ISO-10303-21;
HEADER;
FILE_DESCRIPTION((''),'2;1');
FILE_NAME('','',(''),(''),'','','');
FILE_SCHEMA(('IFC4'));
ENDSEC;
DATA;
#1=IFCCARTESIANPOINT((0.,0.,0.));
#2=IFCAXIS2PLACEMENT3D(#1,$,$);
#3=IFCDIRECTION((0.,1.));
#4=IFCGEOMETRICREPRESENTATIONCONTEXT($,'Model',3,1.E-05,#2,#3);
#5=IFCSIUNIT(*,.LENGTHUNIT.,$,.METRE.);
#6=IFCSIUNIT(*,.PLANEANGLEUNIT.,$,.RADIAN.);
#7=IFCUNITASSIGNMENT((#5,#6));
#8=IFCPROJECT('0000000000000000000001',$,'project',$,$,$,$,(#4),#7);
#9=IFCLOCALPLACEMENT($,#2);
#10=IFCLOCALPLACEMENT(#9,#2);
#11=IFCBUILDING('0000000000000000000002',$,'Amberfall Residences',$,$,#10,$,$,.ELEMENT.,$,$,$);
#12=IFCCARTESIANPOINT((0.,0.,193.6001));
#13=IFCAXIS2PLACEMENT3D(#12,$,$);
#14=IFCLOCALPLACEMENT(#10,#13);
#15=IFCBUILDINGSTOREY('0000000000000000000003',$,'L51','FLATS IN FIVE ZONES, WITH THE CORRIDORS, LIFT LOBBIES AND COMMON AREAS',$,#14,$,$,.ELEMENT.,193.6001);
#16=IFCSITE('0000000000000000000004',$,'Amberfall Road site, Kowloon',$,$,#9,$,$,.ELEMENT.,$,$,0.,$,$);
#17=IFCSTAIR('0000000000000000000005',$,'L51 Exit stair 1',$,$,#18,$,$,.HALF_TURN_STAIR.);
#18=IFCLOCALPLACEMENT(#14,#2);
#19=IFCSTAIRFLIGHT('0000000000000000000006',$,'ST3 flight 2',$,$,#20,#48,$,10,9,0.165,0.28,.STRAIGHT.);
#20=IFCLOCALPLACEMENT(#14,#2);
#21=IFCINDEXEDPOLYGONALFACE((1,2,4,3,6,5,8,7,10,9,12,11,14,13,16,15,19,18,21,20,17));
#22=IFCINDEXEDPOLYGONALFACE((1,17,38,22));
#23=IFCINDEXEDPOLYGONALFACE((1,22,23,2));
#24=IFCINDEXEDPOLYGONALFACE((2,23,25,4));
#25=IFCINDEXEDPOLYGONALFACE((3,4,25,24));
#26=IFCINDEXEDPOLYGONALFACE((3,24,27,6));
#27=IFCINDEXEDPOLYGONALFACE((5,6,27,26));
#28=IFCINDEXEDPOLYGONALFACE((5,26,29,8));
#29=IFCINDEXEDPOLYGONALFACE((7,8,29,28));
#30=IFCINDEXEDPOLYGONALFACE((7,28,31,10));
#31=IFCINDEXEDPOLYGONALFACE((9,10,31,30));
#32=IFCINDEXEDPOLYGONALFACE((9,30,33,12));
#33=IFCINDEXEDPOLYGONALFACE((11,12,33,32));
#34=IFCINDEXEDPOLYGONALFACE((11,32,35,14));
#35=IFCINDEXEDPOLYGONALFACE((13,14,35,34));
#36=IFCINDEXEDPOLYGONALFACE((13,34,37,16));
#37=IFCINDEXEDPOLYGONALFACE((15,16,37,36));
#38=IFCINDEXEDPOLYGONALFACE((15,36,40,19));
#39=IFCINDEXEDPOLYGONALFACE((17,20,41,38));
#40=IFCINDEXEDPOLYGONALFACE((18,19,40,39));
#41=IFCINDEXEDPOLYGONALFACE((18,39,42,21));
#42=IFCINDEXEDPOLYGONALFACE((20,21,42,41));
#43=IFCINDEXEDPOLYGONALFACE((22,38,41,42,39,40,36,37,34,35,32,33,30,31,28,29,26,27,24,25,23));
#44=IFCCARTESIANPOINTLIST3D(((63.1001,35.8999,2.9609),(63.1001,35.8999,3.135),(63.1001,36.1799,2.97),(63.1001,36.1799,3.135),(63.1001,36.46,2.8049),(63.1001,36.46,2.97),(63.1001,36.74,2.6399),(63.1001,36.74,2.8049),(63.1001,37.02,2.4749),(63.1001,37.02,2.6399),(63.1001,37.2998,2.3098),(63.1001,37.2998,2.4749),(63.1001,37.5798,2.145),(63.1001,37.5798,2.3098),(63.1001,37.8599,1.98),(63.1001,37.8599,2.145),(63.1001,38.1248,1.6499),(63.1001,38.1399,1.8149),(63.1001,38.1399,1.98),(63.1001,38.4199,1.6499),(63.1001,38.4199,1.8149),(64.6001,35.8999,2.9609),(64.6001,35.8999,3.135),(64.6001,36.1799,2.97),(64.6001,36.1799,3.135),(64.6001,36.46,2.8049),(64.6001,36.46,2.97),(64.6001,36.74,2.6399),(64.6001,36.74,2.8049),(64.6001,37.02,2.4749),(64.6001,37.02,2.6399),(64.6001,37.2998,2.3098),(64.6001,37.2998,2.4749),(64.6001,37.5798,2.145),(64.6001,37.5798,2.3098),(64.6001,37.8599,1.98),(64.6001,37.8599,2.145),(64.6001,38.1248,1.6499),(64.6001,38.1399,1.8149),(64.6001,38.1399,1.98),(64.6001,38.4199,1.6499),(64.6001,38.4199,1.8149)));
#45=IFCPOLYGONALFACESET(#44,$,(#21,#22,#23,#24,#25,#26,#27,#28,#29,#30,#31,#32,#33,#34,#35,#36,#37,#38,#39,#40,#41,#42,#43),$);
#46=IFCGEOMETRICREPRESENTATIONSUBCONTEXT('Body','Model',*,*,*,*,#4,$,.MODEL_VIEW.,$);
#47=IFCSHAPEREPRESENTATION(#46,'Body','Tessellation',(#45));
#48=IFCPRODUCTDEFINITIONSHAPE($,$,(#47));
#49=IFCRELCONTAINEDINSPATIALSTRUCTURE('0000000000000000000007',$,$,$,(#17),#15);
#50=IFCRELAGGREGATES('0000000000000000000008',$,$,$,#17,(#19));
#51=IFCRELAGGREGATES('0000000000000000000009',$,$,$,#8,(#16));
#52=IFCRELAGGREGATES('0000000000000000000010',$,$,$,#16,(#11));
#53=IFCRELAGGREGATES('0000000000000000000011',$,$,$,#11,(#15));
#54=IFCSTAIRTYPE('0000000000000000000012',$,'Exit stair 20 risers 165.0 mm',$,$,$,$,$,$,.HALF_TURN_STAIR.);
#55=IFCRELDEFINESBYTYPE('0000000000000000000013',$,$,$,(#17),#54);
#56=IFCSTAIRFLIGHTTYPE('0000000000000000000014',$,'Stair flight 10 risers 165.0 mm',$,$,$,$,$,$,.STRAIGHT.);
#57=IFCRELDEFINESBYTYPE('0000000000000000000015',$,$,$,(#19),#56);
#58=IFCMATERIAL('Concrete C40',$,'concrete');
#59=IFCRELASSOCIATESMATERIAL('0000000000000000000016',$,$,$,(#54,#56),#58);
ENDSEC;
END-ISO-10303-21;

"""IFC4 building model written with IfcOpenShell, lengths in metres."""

from ifc_helpers import new_model, si_unit, direction, frame, origin, place, context, subcontext, project, spatial, polyline, outline, extrude, material, type_object, element, aggregate, save


model = new_model("IFC4")

# Units and contexts
model_context = context("Model", 3, precision=1e-05, world=origin(), true_north=direction((0.0, 1.0)))
body_context = subcontext(model_context, "Body", "Model", "MODEL_VIEW")
ifc_project = project(units=[si_unit("LENGTHUNIT", "METRE"), si_unit("PLANEANGLEUNIT", "RADIAN")], contexts=[model_context])

# Site, building, storey
site_placement = place(None, origin())
site = spatial("IfcSite", under=ifc_project, at=site_placement, Name="Amberfall Road site, Kowloon", CompositionType="ELEMENT", RefElevation=0.0)
building_placement = place(site_placement, origin())
building = spatial("IfcBuilding", under=site, at=building_placement, Name="Amberfall Residences", CompositionType="ELEMENT")
storey_placement = place(building_placement, frame((0.0, 0.0, 193.6001)))
storey = spatial("IfcBuildingStorey", under=building, at=storey_placement, Name="L51", Description="FLATS IN FIVE ZONES, WITH THE CORRIDORS, LIFT LOBBIES AND COMMON AREAS", CompositionType="ELEMENT", Elevation=193.6001)

# Stair, stair flight
ifc_material_1 = material(Name="Concrete C40", Category="concrete")
stair_type = type_object("IfcStairType", Name="Exit stair 20 risers 165.0 mm", PredefinedType="HALF_TURN_STAIR", material=ifc_material_1)
stair_placement = place(storey_placement, origin())
stair = element("IfcStair", 1, at=stair_placement, inside=storey, type_object=stair_type, Name="L51 Exit stair 1", PredefinedType="HALF_TURN_STAIR")
stair_flight_type = type_object("IfcStairFlightType", Name="Stair flight 10 risers 165.0 mm", PredefinedType="STRAIGHT", material=ifc_material_1)
stair_flight_1_placement = place(storey_placement, frame((63.8501, 38.4199, 1.6499), z_axis=(0.0, 0.0, 1.0), x_axis=(0.0, -1.0, 0.0)))
stair_flight_1 = element("IfcStairFlight", 2, at=stair_flight_1_placement, type_object=stair_flight_type, Name="ST3 flight 2", NumberOfRisers=10, NumberOfTreads=9, PredefinedType="STRAIGHT", RiserHeight=0.165, TreadLength=0.28, context=body_context, shape_type="SweptSolid", body=[
    extrude(outline(polyline([(0.0, 0.0), (0.0, 0.165), (0.28, 0.165), (0.28, 0.3301), (0.5601, 0.3301), (0.5601, 0.4951), (0.8401, 0.4951), (0.8401, 0.6599), (1.1201, 0.6599), (1.1201, 0.825), (1.3999, 0.825), (1.3999, 0.99), (1.6799, 0.99), (1.6799, 1.155), (1.96, 1.155), (1.96, 1.3201), (2.24, 1.3201), (2.24, 1.4851), (2.52, 1.4851), (2.52, 1.6499), (2.52, 1.311), (0.2952, 0.0), (0.0, 0.0)])), frame((0.0, 0.75, 0.0), z_axis=(0.0, -1.0, 0.0), x_axis=(1.0, 0.0, 0.0)), (0.0, 0.0, 1.0), 1.5),
])
aggregate(stair, [stair_flight_1])

save(model, "model.ifc")
